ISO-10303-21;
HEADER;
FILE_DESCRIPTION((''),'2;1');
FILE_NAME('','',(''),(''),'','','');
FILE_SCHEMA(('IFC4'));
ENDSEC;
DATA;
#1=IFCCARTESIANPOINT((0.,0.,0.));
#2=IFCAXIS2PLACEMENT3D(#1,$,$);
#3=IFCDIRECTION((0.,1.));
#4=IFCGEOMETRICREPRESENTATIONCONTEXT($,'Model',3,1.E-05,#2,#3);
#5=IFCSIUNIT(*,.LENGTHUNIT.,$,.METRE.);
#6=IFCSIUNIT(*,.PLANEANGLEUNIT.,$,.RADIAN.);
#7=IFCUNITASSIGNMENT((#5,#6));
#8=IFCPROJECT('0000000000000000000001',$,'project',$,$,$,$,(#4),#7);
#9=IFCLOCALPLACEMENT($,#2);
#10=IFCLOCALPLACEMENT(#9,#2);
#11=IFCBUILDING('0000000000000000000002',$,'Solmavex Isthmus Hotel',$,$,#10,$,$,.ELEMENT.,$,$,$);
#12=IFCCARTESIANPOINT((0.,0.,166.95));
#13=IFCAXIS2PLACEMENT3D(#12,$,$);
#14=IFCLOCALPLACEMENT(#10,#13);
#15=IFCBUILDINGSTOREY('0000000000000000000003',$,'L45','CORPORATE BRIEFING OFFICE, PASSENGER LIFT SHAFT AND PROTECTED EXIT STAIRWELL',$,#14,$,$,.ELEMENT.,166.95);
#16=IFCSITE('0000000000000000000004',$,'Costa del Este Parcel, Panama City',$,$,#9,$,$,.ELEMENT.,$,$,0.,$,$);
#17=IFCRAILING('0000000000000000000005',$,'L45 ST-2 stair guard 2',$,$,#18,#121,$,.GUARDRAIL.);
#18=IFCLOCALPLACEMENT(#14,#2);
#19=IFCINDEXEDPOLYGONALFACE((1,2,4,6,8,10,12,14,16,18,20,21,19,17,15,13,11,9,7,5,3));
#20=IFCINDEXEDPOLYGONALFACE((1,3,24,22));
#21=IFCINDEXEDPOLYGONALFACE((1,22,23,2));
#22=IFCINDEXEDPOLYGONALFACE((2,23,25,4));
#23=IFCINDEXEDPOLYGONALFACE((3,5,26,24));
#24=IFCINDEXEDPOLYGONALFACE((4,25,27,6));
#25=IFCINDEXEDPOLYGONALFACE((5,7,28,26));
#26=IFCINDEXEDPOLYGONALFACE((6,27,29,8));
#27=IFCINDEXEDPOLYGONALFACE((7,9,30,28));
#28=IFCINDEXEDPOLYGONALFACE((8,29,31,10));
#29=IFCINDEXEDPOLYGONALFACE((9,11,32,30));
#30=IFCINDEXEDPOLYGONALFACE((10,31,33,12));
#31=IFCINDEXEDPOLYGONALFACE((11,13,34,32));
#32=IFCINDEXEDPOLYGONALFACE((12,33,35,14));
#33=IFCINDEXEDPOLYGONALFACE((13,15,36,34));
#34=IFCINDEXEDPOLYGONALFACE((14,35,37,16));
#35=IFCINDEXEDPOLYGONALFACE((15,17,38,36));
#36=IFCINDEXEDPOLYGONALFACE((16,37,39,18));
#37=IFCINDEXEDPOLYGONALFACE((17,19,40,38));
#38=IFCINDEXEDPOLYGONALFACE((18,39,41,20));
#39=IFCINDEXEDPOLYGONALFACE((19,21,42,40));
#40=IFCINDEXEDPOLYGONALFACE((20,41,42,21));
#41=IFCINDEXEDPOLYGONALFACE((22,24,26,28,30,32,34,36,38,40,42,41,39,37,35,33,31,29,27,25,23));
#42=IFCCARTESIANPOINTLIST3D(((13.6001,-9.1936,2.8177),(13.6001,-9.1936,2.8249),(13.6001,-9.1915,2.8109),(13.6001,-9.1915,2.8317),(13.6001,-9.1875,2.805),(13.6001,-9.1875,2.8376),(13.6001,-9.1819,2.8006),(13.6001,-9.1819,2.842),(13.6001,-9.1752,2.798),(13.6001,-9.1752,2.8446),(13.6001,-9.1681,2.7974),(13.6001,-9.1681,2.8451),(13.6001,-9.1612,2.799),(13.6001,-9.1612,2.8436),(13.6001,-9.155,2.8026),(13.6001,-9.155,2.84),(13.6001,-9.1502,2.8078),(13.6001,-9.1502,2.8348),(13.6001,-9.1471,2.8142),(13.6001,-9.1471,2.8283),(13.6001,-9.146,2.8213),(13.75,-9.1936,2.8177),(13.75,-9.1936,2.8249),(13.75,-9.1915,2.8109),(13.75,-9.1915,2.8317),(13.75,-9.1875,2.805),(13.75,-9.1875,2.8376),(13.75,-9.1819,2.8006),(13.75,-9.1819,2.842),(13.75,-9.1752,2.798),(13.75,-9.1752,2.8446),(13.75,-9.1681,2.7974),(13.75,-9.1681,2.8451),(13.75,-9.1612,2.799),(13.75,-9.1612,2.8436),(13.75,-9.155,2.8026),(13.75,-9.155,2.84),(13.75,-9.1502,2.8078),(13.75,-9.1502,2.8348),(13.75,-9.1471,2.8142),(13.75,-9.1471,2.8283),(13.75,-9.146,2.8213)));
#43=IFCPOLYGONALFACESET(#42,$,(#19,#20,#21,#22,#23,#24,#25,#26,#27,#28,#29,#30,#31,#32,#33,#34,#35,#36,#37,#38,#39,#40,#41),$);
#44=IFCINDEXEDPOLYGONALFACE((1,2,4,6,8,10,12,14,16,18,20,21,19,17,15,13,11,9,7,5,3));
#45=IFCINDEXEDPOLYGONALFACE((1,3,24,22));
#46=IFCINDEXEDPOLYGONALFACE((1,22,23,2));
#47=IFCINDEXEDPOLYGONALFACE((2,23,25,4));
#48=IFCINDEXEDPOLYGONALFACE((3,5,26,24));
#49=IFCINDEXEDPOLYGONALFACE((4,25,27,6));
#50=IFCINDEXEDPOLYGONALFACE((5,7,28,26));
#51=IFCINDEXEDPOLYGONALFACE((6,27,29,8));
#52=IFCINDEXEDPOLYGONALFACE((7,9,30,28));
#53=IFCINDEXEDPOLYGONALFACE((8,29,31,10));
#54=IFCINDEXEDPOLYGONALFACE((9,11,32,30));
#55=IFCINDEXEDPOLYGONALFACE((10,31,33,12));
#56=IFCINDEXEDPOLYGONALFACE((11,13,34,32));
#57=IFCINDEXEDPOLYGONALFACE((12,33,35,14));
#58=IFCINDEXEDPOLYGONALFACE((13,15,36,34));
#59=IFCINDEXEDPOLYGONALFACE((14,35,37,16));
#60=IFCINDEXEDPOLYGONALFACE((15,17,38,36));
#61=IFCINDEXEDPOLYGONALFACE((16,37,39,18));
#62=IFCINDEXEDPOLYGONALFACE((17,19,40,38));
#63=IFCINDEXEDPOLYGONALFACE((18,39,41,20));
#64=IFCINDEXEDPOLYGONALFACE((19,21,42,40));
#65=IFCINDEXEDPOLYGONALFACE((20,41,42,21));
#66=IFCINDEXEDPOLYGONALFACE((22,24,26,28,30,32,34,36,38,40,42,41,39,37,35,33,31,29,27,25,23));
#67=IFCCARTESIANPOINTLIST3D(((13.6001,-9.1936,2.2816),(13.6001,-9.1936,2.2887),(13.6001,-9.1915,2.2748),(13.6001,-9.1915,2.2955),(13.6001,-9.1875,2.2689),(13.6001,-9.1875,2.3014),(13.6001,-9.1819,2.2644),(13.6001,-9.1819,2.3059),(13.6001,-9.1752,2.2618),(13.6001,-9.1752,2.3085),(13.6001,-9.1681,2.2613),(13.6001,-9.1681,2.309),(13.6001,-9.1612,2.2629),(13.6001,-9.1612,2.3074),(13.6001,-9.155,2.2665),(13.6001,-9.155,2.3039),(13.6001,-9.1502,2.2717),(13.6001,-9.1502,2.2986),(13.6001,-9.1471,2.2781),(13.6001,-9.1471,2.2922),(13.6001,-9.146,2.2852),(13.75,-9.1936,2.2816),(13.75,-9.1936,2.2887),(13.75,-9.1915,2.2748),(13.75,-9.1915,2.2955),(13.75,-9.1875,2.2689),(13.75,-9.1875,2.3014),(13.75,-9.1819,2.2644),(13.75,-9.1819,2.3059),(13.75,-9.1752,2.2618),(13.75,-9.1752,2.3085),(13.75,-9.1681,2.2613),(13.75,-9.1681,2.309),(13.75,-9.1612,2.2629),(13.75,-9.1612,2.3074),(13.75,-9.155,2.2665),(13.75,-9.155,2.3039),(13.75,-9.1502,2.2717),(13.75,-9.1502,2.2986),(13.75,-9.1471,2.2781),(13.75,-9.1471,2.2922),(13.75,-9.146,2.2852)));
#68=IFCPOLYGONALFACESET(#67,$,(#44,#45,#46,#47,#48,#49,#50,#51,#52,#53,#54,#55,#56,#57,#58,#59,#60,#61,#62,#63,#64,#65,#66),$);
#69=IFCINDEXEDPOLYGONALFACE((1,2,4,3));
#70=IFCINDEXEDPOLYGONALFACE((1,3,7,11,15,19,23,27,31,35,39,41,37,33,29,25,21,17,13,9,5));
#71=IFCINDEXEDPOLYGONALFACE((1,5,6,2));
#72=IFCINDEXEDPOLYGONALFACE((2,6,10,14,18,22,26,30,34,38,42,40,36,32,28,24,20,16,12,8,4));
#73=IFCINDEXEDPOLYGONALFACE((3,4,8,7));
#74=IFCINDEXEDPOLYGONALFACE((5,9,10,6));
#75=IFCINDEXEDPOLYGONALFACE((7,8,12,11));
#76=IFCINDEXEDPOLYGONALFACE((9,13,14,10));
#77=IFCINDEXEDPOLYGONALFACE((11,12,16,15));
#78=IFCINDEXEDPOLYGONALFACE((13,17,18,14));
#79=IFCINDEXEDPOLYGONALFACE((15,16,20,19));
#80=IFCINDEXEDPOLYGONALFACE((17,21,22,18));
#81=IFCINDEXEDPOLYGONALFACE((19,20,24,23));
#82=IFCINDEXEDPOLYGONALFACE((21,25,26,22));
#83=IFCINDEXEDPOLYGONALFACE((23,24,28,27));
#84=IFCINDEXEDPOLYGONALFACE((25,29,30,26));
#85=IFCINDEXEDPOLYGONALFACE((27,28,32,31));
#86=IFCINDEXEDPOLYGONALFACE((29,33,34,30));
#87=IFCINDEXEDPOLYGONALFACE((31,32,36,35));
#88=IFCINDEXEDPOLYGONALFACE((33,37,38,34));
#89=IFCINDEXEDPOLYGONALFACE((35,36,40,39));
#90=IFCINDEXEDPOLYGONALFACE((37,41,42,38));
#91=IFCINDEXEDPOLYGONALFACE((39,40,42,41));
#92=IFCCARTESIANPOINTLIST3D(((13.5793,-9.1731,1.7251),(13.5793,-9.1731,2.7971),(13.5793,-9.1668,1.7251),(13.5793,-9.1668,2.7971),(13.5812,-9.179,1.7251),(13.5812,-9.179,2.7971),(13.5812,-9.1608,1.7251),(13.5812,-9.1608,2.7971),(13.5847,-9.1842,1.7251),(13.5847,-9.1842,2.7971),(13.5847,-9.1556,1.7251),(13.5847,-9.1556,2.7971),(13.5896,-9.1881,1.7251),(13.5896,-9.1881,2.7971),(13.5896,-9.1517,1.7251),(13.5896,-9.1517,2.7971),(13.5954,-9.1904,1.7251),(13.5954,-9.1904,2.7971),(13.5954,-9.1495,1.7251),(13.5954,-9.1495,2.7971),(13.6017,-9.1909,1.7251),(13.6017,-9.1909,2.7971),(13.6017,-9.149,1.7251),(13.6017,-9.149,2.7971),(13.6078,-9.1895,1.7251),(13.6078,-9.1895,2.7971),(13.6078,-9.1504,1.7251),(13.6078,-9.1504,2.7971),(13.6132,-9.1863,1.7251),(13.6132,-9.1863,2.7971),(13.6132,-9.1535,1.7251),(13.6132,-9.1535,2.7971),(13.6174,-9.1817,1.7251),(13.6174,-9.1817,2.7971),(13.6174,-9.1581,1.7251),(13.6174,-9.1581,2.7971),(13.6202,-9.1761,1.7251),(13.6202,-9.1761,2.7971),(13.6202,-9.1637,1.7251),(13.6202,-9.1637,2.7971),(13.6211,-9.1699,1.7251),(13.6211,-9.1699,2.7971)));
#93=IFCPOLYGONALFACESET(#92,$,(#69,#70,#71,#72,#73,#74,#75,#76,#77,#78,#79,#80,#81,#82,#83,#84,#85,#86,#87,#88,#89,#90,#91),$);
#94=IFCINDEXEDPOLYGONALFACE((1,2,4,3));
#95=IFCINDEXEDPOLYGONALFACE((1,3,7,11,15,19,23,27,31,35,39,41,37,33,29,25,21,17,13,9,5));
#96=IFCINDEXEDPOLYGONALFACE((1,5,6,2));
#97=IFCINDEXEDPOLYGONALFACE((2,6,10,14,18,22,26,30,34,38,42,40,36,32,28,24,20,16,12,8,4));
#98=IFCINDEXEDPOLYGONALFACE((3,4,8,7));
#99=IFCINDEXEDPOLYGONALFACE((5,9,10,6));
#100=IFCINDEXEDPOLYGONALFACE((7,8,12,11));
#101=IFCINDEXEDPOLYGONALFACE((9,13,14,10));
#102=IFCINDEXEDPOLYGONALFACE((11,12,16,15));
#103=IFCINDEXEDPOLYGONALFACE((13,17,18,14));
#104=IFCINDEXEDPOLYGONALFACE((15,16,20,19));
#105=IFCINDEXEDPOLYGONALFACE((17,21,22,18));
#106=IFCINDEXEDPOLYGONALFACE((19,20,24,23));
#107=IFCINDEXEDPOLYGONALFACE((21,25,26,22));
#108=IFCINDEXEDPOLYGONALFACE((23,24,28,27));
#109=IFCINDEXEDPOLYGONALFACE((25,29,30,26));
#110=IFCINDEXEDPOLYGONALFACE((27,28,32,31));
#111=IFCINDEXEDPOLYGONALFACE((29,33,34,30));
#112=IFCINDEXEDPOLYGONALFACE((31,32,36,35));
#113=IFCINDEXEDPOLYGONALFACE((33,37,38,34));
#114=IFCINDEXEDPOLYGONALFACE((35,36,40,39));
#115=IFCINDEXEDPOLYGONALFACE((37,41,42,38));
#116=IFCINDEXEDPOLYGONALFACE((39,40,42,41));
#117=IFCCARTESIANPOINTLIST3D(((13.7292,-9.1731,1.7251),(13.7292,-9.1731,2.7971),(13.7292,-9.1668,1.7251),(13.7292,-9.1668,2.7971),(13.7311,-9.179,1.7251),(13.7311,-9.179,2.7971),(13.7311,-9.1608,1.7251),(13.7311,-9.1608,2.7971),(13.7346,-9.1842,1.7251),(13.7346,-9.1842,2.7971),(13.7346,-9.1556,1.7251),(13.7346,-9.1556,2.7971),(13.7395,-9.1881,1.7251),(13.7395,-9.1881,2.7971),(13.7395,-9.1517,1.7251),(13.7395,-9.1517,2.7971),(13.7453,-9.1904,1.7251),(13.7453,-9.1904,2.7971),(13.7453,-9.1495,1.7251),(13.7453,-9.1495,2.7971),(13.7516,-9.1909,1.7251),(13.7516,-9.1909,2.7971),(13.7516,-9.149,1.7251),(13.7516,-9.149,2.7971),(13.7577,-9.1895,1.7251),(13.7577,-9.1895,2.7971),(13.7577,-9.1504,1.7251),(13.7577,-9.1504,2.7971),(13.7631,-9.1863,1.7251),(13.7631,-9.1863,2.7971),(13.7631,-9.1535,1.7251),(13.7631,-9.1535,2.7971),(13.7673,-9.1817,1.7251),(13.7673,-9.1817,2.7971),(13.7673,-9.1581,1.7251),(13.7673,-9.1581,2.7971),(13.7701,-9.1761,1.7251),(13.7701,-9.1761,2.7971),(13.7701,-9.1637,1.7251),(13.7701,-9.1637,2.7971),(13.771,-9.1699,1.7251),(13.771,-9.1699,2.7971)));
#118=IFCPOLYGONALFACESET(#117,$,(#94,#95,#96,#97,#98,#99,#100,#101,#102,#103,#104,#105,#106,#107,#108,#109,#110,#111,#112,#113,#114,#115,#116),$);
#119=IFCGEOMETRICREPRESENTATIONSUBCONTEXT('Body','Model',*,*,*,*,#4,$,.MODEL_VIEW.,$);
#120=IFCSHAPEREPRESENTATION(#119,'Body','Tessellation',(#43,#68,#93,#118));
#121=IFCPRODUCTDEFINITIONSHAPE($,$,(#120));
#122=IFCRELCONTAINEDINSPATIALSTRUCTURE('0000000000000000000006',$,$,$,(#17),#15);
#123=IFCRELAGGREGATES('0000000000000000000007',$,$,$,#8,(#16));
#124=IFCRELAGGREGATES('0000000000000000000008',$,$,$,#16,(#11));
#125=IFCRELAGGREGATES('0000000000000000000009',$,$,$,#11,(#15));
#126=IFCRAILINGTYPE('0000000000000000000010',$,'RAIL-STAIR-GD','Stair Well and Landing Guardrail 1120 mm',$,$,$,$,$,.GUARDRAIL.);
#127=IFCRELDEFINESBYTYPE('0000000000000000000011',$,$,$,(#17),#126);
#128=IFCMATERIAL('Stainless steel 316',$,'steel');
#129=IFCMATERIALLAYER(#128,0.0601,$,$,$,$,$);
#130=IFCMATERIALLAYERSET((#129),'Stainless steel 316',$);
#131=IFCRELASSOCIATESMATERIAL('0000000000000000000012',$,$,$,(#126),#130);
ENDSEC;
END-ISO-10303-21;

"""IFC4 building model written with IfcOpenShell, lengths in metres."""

from ifc_helpers import new_model, si_unit, direction, frame, origin, origin_2d, place, context, subcontext, project, spatial, circle, extrude, material, layer, layer_set, type_object, element, save


model = new_model("IFC4")

# Units and contexts
model_context = context("Model", 3, precision=1e-05, world=origin(), true_north=direction((0.0, 1.0)))
body_context = subcontext(model_context, "Body", "Model", "MODEL_VIEW")
ifc_project = project(units=[si_unit("LENGTHUNIT", "METRE"), si_unit("PLANEANGLEUNIT", "RADIAN")], contexts=[model_context])

# Site, building, storey
site_placement = place(None, origin())
site = spatial("IfcSite", under=ifc_project, at=site_placement, Name="Costa del Este Parcel, Panama City", CompositionType="ELEMENT", RefElevation=0.0)
building_placement = place(site_placement, origin())
building = spatial("IfcBuilding", under=site, at=building_placement, Name="Solmavex Isthmus Hotel", CompositionType="ELEMENT")
storey_placement = place(building_placement, frame((0.0, 0.0, 166.95)))
storey = spatial("IfcBuildingStorey", under=building, at=storey_placement, Name="L45", Description="CORPORATE BRIEFING OFFICE, PASSENGER LIFT SHAFT AND PROTECTED EXIT STAIRWELL", CompositionType="ELEMENT", Elevation=166.95)

# Shared definitions
ifc_material_1 = material(Name="Stainless steel 316", Category="steel")

# Railing
ifc_layer_1 = layer(ifc_material_1, 0.0601)
ifc_layer_set_1 = layer_set([ifc_layer_1], Name="Stainless steel 316")
railing_type_1 = type_object("IfcRailingType", Name="RAIL-STAIR-GD", Description="Stair Well and Landing Guardrail 1120 mm", PredefinedType="GUARDRAIL", material=ifc_layer_set_1)
for number, where, name in (
    (1, (13.6001, -9.1699, 1.7251), "L45 ST-2 stair guard 2"),
):
    element("IfcRailing", number, at=place(storey_placement, frame(where)), inside=storey, type_object=railing_type_1, Name=name, PredefinedType="GUARDRAIL", context=body_context, shape_type="SweptSolid", body=[
        extrude(circle(Radius=0.0239, at=origin_2d()), frame((0.0, 0.0, 1.0962), z_axis=(1.0, 0.0, 0.0), x_axis=(0.0, 1.0, 0.0)), (0.0, 0.0, 1.0), 0.1499),
        extrude(circle(Radius=0.0239, at=origin_2d()), frame((0.0, 0.0, 0.5601), z_axis=(1.0, 0.0, 0.0), x_axis=(0.0, 1.0, 0.0)), (0.0, 0.0, 1.0), 0.1499),
        extrude(circle(Radius=0.021, at=origin_2d()), origin(), (0.0, 0.0, 1.0), 1.072),
        extrude(circle(Radius=0.021, at=origin_2d()), frame((0.1499, 0.0, 0.0)), (0.0, 0.0, 1.0), 1.072),
    ])

save(model, "model.ifc")
